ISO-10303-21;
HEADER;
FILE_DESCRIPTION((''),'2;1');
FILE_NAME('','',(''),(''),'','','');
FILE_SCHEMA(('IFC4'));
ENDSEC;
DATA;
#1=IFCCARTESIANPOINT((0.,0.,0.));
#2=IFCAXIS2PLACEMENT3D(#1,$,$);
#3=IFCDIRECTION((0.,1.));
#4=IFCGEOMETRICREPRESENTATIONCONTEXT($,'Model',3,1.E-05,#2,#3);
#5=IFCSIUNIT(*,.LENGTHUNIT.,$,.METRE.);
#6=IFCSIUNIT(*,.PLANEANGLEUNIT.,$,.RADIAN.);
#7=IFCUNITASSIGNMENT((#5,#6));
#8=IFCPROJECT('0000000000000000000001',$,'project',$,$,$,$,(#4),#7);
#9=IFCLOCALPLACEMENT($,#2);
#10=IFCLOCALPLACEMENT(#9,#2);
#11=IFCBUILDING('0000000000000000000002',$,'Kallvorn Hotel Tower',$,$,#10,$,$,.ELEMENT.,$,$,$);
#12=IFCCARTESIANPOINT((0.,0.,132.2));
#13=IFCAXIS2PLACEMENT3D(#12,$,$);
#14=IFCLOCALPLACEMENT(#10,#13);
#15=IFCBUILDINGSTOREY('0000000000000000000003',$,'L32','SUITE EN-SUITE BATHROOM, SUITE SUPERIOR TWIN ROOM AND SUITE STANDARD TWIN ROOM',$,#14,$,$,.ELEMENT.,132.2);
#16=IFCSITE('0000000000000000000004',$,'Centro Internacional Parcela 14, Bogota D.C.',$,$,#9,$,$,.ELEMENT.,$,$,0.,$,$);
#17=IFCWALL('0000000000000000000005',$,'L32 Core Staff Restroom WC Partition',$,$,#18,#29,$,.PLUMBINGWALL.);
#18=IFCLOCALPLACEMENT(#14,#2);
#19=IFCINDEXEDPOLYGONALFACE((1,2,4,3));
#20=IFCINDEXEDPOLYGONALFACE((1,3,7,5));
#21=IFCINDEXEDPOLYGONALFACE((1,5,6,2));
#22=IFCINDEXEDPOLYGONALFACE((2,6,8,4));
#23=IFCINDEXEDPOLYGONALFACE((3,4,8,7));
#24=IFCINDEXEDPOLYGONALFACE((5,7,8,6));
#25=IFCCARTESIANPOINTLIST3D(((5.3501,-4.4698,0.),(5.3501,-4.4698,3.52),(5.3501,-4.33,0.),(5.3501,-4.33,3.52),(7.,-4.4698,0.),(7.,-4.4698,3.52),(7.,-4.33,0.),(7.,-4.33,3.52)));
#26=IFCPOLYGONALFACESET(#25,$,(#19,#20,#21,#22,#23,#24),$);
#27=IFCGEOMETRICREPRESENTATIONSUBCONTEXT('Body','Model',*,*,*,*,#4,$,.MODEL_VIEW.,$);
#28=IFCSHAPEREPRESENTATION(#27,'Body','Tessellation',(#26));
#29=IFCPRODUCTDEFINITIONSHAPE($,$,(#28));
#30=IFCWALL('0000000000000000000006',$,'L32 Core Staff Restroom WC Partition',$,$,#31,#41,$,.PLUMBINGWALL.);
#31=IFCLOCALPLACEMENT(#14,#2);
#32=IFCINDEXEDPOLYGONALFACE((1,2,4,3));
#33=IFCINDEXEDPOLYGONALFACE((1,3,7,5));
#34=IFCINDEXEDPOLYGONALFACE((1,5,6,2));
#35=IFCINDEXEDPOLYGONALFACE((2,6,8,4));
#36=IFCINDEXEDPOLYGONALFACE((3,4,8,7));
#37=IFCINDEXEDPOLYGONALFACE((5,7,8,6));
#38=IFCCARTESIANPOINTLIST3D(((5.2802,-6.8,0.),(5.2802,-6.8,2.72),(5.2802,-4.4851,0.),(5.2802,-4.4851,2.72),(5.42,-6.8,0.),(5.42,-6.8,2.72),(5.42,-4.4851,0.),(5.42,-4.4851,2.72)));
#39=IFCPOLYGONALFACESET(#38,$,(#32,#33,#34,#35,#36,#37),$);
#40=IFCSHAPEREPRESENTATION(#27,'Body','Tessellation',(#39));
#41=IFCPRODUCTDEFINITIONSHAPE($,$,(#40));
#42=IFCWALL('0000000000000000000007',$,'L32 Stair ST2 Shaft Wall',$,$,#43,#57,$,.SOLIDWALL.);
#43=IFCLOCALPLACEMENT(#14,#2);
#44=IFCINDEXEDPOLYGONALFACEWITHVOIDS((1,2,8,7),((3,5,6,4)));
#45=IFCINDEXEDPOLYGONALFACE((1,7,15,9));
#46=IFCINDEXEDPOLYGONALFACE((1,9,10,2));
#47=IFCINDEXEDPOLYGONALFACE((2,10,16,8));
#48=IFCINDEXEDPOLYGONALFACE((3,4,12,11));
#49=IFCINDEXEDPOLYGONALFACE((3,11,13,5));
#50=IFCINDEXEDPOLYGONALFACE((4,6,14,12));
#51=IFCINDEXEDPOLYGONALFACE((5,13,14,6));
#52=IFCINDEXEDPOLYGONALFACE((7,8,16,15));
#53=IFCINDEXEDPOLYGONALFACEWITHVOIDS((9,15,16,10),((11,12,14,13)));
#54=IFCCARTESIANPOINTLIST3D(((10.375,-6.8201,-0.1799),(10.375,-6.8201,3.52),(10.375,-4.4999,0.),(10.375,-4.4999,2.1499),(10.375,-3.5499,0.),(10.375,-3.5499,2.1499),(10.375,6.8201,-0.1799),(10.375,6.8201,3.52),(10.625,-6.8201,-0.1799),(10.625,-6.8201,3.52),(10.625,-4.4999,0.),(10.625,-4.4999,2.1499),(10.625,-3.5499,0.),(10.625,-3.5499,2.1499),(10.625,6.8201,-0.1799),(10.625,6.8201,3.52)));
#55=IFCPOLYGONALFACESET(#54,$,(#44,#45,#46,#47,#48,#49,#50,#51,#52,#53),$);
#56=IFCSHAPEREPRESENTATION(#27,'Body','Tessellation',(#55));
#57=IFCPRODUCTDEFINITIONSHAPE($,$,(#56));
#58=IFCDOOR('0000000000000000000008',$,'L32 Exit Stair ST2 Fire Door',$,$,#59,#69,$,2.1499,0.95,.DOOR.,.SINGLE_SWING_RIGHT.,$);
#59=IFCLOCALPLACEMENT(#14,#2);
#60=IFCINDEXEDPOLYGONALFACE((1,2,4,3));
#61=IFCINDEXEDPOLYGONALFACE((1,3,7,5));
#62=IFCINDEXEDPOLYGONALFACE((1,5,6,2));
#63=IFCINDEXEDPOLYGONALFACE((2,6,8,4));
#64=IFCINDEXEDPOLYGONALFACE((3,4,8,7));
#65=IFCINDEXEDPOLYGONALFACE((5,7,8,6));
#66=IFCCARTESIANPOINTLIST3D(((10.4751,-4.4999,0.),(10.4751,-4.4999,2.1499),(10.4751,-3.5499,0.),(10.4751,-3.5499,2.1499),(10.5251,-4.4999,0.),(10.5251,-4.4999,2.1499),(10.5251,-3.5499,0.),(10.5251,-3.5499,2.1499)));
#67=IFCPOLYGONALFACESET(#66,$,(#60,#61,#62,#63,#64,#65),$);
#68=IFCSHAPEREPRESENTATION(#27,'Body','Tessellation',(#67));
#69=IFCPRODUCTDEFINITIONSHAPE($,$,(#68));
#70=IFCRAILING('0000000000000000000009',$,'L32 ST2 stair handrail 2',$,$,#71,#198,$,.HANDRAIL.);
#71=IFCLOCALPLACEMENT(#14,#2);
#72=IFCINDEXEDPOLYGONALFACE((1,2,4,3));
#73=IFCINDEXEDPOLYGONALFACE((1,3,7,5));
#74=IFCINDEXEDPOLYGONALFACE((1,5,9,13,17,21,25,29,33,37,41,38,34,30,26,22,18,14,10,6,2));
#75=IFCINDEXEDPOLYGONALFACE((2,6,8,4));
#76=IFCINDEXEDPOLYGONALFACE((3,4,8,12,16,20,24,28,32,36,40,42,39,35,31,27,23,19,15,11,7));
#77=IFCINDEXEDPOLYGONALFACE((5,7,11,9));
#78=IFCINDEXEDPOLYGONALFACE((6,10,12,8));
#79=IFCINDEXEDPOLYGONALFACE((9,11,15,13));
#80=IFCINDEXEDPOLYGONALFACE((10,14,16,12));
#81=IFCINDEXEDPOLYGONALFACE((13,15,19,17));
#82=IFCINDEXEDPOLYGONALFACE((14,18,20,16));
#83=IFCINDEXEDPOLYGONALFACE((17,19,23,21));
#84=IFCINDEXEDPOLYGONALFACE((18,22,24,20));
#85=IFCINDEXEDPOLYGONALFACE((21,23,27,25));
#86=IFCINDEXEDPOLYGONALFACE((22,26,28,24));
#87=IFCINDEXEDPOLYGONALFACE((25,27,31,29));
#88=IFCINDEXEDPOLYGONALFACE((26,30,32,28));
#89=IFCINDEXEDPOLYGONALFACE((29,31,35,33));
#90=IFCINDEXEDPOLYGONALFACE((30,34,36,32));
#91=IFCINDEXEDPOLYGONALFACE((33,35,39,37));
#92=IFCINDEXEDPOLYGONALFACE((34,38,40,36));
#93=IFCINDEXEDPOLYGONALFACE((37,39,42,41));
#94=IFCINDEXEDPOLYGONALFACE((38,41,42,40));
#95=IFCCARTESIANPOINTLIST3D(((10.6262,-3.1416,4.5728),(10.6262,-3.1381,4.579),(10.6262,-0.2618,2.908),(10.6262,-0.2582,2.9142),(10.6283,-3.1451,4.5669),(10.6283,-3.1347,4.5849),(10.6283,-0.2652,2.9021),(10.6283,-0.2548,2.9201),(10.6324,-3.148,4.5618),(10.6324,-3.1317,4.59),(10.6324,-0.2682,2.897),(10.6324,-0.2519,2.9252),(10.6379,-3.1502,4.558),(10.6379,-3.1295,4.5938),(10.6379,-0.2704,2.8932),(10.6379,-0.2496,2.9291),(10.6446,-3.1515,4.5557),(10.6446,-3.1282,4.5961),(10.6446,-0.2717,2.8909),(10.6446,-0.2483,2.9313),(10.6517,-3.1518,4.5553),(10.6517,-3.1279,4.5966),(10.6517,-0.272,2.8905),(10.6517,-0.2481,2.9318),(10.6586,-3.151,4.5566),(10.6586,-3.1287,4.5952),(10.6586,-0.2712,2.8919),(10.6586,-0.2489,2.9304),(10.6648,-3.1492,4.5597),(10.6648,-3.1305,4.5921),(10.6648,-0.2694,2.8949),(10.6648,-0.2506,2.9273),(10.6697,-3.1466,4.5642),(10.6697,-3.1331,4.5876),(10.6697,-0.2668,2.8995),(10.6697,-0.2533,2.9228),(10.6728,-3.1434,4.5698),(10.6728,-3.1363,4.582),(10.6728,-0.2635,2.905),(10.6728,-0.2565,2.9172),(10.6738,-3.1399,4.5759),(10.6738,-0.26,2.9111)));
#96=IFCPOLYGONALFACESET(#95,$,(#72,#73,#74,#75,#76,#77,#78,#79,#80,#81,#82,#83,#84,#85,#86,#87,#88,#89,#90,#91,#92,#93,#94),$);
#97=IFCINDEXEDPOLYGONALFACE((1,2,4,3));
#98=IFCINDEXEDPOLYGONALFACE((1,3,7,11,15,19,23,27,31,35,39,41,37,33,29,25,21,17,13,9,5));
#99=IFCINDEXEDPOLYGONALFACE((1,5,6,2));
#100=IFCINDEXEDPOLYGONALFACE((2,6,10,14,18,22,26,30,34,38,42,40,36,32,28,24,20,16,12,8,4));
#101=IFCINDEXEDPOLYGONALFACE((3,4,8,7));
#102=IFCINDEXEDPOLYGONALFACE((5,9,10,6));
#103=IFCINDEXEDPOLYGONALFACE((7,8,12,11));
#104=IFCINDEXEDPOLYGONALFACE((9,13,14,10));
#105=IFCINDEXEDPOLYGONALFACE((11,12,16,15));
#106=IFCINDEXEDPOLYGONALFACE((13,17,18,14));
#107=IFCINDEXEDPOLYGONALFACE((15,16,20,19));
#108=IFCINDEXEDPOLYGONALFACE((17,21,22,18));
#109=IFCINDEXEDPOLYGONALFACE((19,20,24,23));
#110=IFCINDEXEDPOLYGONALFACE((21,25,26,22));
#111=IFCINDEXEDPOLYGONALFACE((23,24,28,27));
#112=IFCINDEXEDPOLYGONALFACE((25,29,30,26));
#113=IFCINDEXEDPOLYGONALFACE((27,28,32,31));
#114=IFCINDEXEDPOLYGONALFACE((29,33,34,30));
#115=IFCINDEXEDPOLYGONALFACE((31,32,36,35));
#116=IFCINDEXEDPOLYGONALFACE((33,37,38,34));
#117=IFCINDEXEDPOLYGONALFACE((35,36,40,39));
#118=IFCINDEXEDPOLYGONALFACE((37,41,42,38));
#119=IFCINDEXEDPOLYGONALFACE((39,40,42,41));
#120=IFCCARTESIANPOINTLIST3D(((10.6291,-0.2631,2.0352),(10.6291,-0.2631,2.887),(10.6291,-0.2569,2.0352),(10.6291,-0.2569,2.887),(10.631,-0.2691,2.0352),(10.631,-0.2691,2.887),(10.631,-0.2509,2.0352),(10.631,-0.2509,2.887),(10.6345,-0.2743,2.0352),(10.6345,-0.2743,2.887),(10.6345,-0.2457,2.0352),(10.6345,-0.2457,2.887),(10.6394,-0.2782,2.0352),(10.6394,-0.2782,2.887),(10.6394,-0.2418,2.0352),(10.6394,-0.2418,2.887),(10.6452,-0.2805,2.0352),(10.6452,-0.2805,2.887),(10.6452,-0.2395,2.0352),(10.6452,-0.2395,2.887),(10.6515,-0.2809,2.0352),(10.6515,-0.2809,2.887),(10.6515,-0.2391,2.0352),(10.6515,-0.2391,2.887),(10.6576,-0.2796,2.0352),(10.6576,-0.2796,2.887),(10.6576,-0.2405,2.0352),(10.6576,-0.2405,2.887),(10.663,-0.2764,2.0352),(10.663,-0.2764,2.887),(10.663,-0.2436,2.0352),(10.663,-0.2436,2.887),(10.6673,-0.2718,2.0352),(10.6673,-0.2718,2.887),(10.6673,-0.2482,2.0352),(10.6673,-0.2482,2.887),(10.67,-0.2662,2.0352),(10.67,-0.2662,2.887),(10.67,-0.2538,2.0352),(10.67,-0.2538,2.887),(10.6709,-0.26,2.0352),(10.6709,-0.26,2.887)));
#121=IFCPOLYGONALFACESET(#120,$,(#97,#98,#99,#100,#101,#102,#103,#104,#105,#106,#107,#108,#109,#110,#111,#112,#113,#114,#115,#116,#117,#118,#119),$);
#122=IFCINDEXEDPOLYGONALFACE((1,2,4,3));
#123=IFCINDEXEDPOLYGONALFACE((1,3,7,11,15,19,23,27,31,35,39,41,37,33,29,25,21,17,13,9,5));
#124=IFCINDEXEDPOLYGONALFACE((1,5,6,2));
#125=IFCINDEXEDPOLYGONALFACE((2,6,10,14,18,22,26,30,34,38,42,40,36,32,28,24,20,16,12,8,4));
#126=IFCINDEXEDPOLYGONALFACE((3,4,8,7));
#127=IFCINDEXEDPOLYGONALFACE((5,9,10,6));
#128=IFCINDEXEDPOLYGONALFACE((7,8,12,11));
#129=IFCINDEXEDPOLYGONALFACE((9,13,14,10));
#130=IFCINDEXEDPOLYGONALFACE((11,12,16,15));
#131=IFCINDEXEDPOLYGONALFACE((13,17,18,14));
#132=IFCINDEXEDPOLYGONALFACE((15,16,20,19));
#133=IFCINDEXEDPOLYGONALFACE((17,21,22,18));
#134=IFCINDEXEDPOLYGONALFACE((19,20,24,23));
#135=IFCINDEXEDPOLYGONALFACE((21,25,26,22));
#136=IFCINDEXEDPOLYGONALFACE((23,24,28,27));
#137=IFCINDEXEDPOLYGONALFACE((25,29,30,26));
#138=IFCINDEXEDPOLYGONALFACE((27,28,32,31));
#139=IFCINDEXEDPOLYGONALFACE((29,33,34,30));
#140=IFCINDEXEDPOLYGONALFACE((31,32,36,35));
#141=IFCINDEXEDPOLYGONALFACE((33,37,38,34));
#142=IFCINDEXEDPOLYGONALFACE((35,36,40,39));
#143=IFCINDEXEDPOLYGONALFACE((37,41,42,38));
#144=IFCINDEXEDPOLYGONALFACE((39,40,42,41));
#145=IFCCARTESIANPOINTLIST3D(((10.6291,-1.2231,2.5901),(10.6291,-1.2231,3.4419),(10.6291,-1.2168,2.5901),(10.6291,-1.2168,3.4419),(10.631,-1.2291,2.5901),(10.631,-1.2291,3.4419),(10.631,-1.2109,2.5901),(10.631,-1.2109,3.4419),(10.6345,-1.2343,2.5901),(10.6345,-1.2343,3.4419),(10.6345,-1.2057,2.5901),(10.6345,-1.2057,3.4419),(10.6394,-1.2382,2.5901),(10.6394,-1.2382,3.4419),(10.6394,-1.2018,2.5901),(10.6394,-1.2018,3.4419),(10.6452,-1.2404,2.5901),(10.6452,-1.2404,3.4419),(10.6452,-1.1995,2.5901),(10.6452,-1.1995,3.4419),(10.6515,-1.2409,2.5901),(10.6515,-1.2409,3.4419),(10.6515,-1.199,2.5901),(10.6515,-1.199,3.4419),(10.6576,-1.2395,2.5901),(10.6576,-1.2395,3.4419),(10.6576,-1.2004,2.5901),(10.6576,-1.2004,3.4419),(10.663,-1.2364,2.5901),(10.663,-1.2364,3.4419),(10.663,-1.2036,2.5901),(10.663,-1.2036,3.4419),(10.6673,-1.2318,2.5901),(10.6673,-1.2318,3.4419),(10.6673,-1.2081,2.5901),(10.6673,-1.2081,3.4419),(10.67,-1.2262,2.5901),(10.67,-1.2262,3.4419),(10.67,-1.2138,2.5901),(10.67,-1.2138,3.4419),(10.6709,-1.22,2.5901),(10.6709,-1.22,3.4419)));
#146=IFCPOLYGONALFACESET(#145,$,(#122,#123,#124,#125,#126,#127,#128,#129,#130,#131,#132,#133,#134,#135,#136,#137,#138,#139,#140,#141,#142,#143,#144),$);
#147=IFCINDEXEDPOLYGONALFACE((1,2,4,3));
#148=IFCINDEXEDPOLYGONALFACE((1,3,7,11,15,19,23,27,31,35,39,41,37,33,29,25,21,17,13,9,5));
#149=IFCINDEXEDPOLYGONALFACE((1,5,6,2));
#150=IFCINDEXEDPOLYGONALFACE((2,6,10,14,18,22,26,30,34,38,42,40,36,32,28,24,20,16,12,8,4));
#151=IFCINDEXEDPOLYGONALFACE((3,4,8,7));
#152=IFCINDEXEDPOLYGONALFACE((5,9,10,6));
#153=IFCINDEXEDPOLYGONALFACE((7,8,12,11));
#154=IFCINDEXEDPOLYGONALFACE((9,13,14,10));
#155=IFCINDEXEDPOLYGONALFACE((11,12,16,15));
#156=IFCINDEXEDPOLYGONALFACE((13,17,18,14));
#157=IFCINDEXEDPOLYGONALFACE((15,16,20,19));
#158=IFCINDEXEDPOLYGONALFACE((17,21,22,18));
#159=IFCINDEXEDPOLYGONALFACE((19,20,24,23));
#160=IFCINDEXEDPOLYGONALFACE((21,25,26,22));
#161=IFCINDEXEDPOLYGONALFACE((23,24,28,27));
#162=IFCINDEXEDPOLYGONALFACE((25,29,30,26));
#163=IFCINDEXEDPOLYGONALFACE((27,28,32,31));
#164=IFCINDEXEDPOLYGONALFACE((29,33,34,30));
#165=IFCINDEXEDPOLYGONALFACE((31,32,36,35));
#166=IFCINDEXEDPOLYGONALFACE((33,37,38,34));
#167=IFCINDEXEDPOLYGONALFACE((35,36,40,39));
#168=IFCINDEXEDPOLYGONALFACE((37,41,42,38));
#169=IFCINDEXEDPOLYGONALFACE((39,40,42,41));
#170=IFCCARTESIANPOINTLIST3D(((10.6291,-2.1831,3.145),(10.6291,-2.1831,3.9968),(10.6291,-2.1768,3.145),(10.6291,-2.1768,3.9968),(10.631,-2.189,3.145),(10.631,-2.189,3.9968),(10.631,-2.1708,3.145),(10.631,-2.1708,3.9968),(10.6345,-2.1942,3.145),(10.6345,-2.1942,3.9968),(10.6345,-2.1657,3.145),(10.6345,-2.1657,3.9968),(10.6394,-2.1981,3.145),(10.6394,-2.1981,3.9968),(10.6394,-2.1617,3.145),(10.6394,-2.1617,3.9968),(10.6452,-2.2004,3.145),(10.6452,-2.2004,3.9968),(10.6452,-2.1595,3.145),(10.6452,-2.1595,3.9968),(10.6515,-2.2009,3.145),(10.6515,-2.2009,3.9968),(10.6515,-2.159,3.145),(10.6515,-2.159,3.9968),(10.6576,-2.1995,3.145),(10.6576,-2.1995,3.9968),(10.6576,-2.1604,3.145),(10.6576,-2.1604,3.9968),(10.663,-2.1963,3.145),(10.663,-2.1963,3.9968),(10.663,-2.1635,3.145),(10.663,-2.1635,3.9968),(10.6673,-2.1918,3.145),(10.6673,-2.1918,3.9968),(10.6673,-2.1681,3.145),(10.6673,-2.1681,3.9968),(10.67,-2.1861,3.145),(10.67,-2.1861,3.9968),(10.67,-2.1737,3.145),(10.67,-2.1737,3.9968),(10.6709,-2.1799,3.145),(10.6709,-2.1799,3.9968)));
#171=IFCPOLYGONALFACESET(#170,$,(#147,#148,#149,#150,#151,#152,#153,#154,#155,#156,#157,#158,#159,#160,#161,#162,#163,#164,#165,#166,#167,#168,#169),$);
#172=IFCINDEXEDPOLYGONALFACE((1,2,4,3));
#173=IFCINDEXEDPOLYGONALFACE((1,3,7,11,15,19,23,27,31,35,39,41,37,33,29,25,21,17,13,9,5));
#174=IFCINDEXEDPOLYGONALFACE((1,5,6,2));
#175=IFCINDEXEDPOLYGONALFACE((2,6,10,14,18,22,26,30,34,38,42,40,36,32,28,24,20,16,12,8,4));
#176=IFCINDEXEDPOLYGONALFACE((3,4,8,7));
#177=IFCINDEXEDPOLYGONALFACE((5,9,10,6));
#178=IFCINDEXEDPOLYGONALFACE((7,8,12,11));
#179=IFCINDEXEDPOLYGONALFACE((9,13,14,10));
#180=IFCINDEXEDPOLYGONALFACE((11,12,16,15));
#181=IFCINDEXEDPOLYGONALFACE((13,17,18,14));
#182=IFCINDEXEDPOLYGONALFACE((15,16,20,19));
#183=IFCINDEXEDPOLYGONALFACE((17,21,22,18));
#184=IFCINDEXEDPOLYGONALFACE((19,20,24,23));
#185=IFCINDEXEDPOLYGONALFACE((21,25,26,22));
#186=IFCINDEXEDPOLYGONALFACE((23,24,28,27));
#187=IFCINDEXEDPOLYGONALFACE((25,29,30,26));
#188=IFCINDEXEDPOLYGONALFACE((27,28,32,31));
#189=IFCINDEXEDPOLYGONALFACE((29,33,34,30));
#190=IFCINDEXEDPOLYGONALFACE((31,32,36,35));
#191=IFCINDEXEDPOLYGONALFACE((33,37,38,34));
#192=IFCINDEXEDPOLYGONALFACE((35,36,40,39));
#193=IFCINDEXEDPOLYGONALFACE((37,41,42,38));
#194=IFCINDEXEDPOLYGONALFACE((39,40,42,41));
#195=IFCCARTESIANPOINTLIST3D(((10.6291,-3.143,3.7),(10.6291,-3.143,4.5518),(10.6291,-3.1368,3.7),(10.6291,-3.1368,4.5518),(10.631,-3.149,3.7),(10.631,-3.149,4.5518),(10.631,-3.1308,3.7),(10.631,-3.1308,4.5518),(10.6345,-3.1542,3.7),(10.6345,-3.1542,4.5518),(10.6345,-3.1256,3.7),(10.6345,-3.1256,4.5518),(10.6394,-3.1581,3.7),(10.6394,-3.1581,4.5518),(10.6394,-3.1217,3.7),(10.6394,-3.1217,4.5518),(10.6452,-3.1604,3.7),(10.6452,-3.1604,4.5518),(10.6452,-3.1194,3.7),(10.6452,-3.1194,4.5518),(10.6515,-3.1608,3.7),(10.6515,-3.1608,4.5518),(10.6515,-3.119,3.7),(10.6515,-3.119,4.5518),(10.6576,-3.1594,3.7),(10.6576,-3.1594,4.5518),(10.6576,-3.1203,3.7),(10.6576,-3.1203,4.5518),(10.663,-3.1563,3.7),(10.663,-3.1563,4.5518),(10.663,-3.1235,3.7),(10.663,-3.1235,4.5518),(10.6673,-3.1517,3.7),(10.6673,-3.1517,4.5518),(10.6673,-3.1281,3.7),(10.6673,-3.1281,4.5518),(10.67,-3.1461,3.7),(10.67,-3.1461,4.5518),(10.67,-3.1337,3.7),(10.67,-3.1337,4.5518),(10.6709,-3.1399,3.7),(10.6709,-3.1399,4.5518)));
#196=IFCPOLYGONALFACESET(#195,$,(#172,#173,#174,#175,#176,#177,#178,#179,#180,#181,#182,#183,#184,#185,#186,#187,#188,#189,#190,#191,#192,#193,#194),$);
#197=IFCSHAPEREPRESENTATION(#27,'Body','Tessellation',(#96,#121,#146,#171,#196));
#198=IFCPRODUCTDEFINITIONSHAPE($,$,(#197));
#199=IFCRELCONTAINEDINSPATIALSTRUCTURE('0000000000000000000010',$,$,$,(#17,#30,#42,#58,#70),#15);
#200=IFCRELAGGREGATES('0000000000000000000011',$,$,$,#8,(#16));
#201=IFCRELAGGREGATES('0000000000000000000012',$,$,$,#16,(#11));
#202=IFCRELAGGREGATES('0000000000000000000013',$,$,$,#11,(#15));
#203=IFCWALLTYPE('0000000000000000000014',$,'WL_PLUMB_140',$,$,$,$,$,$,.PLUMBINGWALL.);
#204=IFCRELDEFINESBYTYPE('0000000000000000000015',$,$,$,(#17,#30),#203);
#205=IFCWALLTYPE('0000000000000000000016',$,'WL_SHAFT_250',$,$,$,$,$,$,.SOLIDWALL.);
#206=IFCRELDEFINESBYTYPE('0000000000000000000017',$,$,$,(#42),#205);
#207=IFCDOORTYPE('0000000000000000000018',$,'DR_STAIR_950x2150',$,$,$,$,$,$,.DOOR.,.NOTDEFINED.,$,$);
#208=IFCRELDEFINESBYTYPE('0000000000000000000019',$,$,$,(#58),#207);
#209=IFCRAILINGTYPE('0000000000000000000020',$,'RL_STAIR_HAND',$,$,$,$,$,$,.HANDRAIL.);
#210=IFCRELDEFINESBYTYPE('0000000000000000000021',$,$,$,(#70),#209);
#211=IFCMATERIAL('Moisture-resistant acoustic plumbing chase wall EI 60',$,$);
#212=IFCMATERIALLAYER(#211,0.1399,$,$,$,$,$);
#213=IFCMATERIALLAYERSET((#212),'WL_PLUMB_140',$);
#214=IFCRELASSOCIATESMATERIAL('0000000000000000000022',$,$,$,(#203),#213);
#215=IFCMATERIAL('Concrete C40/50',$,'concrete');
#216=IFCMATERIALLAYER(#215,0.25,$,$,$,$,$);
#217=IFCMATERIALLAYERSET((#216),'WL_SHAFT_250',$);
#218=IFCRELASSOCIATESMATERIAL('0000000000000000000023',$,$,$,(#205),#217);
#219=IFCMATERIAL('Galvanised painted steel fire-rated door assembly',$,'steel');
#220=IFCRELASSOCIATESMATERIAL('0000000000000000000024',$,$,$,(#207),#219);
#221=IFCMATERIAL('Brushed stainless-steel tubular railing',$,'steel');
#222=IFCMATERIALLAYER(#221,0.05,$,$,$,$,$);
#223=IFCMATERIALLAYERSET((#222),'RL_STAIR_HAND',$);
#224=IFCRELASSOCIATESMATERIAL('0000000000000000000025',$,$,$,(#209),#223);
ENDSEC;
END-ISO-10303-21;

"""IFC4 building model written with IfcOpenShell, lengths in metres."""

from ifc_helpers import new_model, si_unit, direction, frame, frame_2d, origin, origin_2d, place, context, subcontext, project, spatial, rectangle, circle, extrude, material, layer, layer_set, type_object, element, fill, save


model = new_model("IFC4")

# Units and contexts
model_context = context("Model", 3, precision=1e-05, world=origin(), true_north=direction((0.0, 1.0)))
body_context = subcontext(model_context, "Body", "Model", "MODEL_VIEW")
ifc_project = project(units=[si_unit("LENGTHUNIT", "METRE"), si_unit("PLANEANGLEUNIT", "RADIAN")], contexts=[model_context])

# Site, building, storey
site_placement = place(None, origin())
site = spatial("IfcSite", under=ifc_project, at=site_placement, Name="Centro Internacional Parcela 14, Bogota D.C.", CompositionType="ELEMENT", RefElevation=0.0)
building_placement = place(site_placement, origin())
building = spatial("IfcBuilding", under=site, at=building_placement, Name="Kallvorn Hotel Tower", CompositionType="ELEMENT")
storey_placement = place(building_placement, frame((0.0, 0.0, 132.2)))
storey = spatial("IfcBuildingStorey", under=building, at=storey_placement, Name="L32", Description="SUITE EN-SUITE BATHROOM, SUITE SUPERIOR TWIN ROOM AND SUITE STANDARD TWIN ROOM", CompositionType="ELEMENT", Elevation=132.2)

# Walls
ifc_material_1 = material(Name="Moisture-resistant acoustic plumbing chase wall EI 60")
ifc_layer_1 = layer(ifc_material_1, 0.1399)
ifc_layer_set_1 = layer_set([ifc_layer_1], Name="WL_PLUMB_140")
wall_type_1 = type_object("IfcWallType", Name="WL_PLUMB_140", PredefinedType="PLUMBINGWALL", material=ifc_layer_set_1)
wall_1_placement = place(storey_placement, frame((5.3501, -4.3999, 0.0), z_axis=(0.0, 0.0, 1.0), x_axis=(1.0, 0.0, 0.0)))
element("IfcWall", 1, at=wall_1_placement, inside=storey, type_object=wall_type_1, Name="L32 Core Staff Restroom WC Partition", PredefinedType="PLUMBINGWALL", context=body_context, shape_type="SweptSolid", body=[
    extrude(rectangle(XDim=1.6499, YDim=0.1399, at=frame_2d((0.825, 0.0))), origin(), (0.0, 0.0, 1.0), 3.52),
])
wall_2_placement = place(storey_placement, frame((5.3501, -6.8, 0.0), z_axis=(0.0, 0.0, 1.0), x_axis=(0.0, 1.0, 0.0)))
element("IfcWall", 2, at=wall_2_placement, inside=storey, type_object=wall_type_1, Name="L32 Core Staff Restroom WC Partition", PredefinedType="PLUMBINGWALL", context=body_context, shape_type="SweptSolid", body=[
    extrude(rectangle(XDim=2.3149, YDim=0.1399, at=frame_2d((1.1575, 0.0))), origin(), (0.0, 0.0, 1.0), 2.72),
])

# Wall, opening, door
ifc_material_2 = material(Name="Concrete C40/50", Category="concrete")
ifc_layer_2 = layer(ifc_material_2, 0.25)
ifc_layer_set_2 = layer_set([ifc_layer_2], Name="WL_SHAFT_250")
wall_type_2 = type_object("IfcWallType", Name="WL_SHAFT_250", PredefinedType="SOLIDWALL", material=ifc_layer_set_2)
wall_3_placement = place(storey_placement, frame((10.5, -6.8201, -0.1799), z_axis=(0.0, 0.0, 1.0), x_axis=(0.0, 1.0, 0.0)))
wall_3 = element("IfcWall", 3, at=wall_3_placement, inside=storey, type_object=wall_type_2, Name="L32 Stair ST2 Shaft Wall", PredefinedType="SOLIDWALL", context=body_context, shape_type="SweptSolid", body=[
    extrude(rectangle(XDim=13.6401, YDim=0.25, at=frame_2d((6.8201, 0.0))), origin(), (0.0, 0.0, 1.0), 3.7),
])
opening_1_placement = place(wall_3_placement, frame((2.3201, 0.0, 0.1799)))
opening_1 = element("IfcOpeningElement", 4, at=opening_1_placement, cuts=wall_3, PredefinedType="OPENING", context=body_context, shape_type="SweptSolid", body=[
    extrude(rectangle(XDim=0.95, YDim=2.1499, at=frame_2d((0.4751, 1.075))), frame((0.0, 0.1399, 0.0), z_axis=(0.0, -1.0, 0.0), x_axis=(1.0, 0.0, 0.0)), (0.0, 0.0, 1.0), 0.28),
])
ifc_material_3 = material(Name="Galvanised painted steel fire-rated door assembly", Category="steel")
door_type_1 = type_object("IfcDoorType", Name="DR_STAIR_950x2150", OperationType="NOTDEFINED", PredefinedType="DOOR", material=ifc_material_3)
door_1_placement = place(opening_1_placement, origin())
door_1 = element("IfcDoor", 5, at=door_1_placement, inside=storey, type_object=door_type_1, Name="L32 Exit Stair ST2 Fire Door", OperationType="SINGLE_SWING_RIGHT", OverallHeight=2.1499, OverallWidth=0.95, PredefinedType="DOOR", context=body_context, shape_type="SweptSolid", body=[
    extrude(rectangle(XDim=0.95, YDim=2.1499, at=frame_2d((0.4751, 1.075))), frame((0.0, 0.0249, 0.0), z_axis=(0.0, -1.0, 0.0), x_axis=(1.0, 0.0, 0.0)), (0.0, 0.0, 1.0), 0.05),
])
fill(opening_1, door_1)

# Railing
ifc_material_4 = material(Name="Brushed stainless-steel tubular railing", Category="steel")
ifc_layer_3 = layer(ifc_material_4, 0.05)
ifc_layer_set_3 = layer_set([ifc_layer_3], Name="RL_STAIR_HAND")
railing_type = type_object("IfcRailingType", Name="RL_STAIR_HAND", PredefinedType="HANDRAIL", material=ifc_layer_set_3)
railing_placement = place(storey_placement, frame((10.6499, -0.26, 2.0352)))
element("IfcRailing", 6, at=railing_placement, inside=storey, type_object=railing_type, Name="L32 ST2 stair handrail 2", PredefinedType="HANDRAIL", context=body_context, shape_type="SweptSolid", body=[
    extrude(circle(Radius=0.0239, at=origin_2d()), frame((0.0, 0.0, 0.876), z_axis=(0.0, -0.865753, 0.500472), x_axis=(1.0, 0.0, 0.0)), (0.0, 0.0, 1.0), 3.3264),
    extrude(circle(Radius=0.021, at=origin_2d()), origin(), (0.0, 0.0, 1.0), 0.8518),
    extrude(circle(Radius=0.021, at=origin_2d()), frame((0.0, -0.96, 0.5549)), (0.0, 0.0, 1.0), 0.8518),
    extrude(circle(Radius=0.021, at=origin_2d()), frame((0.0, -1.9199, 1.1099)), (0.0, 0.0, 1.0), 0.8518),
    extrude(circle(Radius=0.021, at=origin_2d()), frame((0.0, -2.8799, 1.6648)), (0.0, 0.0, 1.0), 0.8518),
])

save(model, "model.ifc")
